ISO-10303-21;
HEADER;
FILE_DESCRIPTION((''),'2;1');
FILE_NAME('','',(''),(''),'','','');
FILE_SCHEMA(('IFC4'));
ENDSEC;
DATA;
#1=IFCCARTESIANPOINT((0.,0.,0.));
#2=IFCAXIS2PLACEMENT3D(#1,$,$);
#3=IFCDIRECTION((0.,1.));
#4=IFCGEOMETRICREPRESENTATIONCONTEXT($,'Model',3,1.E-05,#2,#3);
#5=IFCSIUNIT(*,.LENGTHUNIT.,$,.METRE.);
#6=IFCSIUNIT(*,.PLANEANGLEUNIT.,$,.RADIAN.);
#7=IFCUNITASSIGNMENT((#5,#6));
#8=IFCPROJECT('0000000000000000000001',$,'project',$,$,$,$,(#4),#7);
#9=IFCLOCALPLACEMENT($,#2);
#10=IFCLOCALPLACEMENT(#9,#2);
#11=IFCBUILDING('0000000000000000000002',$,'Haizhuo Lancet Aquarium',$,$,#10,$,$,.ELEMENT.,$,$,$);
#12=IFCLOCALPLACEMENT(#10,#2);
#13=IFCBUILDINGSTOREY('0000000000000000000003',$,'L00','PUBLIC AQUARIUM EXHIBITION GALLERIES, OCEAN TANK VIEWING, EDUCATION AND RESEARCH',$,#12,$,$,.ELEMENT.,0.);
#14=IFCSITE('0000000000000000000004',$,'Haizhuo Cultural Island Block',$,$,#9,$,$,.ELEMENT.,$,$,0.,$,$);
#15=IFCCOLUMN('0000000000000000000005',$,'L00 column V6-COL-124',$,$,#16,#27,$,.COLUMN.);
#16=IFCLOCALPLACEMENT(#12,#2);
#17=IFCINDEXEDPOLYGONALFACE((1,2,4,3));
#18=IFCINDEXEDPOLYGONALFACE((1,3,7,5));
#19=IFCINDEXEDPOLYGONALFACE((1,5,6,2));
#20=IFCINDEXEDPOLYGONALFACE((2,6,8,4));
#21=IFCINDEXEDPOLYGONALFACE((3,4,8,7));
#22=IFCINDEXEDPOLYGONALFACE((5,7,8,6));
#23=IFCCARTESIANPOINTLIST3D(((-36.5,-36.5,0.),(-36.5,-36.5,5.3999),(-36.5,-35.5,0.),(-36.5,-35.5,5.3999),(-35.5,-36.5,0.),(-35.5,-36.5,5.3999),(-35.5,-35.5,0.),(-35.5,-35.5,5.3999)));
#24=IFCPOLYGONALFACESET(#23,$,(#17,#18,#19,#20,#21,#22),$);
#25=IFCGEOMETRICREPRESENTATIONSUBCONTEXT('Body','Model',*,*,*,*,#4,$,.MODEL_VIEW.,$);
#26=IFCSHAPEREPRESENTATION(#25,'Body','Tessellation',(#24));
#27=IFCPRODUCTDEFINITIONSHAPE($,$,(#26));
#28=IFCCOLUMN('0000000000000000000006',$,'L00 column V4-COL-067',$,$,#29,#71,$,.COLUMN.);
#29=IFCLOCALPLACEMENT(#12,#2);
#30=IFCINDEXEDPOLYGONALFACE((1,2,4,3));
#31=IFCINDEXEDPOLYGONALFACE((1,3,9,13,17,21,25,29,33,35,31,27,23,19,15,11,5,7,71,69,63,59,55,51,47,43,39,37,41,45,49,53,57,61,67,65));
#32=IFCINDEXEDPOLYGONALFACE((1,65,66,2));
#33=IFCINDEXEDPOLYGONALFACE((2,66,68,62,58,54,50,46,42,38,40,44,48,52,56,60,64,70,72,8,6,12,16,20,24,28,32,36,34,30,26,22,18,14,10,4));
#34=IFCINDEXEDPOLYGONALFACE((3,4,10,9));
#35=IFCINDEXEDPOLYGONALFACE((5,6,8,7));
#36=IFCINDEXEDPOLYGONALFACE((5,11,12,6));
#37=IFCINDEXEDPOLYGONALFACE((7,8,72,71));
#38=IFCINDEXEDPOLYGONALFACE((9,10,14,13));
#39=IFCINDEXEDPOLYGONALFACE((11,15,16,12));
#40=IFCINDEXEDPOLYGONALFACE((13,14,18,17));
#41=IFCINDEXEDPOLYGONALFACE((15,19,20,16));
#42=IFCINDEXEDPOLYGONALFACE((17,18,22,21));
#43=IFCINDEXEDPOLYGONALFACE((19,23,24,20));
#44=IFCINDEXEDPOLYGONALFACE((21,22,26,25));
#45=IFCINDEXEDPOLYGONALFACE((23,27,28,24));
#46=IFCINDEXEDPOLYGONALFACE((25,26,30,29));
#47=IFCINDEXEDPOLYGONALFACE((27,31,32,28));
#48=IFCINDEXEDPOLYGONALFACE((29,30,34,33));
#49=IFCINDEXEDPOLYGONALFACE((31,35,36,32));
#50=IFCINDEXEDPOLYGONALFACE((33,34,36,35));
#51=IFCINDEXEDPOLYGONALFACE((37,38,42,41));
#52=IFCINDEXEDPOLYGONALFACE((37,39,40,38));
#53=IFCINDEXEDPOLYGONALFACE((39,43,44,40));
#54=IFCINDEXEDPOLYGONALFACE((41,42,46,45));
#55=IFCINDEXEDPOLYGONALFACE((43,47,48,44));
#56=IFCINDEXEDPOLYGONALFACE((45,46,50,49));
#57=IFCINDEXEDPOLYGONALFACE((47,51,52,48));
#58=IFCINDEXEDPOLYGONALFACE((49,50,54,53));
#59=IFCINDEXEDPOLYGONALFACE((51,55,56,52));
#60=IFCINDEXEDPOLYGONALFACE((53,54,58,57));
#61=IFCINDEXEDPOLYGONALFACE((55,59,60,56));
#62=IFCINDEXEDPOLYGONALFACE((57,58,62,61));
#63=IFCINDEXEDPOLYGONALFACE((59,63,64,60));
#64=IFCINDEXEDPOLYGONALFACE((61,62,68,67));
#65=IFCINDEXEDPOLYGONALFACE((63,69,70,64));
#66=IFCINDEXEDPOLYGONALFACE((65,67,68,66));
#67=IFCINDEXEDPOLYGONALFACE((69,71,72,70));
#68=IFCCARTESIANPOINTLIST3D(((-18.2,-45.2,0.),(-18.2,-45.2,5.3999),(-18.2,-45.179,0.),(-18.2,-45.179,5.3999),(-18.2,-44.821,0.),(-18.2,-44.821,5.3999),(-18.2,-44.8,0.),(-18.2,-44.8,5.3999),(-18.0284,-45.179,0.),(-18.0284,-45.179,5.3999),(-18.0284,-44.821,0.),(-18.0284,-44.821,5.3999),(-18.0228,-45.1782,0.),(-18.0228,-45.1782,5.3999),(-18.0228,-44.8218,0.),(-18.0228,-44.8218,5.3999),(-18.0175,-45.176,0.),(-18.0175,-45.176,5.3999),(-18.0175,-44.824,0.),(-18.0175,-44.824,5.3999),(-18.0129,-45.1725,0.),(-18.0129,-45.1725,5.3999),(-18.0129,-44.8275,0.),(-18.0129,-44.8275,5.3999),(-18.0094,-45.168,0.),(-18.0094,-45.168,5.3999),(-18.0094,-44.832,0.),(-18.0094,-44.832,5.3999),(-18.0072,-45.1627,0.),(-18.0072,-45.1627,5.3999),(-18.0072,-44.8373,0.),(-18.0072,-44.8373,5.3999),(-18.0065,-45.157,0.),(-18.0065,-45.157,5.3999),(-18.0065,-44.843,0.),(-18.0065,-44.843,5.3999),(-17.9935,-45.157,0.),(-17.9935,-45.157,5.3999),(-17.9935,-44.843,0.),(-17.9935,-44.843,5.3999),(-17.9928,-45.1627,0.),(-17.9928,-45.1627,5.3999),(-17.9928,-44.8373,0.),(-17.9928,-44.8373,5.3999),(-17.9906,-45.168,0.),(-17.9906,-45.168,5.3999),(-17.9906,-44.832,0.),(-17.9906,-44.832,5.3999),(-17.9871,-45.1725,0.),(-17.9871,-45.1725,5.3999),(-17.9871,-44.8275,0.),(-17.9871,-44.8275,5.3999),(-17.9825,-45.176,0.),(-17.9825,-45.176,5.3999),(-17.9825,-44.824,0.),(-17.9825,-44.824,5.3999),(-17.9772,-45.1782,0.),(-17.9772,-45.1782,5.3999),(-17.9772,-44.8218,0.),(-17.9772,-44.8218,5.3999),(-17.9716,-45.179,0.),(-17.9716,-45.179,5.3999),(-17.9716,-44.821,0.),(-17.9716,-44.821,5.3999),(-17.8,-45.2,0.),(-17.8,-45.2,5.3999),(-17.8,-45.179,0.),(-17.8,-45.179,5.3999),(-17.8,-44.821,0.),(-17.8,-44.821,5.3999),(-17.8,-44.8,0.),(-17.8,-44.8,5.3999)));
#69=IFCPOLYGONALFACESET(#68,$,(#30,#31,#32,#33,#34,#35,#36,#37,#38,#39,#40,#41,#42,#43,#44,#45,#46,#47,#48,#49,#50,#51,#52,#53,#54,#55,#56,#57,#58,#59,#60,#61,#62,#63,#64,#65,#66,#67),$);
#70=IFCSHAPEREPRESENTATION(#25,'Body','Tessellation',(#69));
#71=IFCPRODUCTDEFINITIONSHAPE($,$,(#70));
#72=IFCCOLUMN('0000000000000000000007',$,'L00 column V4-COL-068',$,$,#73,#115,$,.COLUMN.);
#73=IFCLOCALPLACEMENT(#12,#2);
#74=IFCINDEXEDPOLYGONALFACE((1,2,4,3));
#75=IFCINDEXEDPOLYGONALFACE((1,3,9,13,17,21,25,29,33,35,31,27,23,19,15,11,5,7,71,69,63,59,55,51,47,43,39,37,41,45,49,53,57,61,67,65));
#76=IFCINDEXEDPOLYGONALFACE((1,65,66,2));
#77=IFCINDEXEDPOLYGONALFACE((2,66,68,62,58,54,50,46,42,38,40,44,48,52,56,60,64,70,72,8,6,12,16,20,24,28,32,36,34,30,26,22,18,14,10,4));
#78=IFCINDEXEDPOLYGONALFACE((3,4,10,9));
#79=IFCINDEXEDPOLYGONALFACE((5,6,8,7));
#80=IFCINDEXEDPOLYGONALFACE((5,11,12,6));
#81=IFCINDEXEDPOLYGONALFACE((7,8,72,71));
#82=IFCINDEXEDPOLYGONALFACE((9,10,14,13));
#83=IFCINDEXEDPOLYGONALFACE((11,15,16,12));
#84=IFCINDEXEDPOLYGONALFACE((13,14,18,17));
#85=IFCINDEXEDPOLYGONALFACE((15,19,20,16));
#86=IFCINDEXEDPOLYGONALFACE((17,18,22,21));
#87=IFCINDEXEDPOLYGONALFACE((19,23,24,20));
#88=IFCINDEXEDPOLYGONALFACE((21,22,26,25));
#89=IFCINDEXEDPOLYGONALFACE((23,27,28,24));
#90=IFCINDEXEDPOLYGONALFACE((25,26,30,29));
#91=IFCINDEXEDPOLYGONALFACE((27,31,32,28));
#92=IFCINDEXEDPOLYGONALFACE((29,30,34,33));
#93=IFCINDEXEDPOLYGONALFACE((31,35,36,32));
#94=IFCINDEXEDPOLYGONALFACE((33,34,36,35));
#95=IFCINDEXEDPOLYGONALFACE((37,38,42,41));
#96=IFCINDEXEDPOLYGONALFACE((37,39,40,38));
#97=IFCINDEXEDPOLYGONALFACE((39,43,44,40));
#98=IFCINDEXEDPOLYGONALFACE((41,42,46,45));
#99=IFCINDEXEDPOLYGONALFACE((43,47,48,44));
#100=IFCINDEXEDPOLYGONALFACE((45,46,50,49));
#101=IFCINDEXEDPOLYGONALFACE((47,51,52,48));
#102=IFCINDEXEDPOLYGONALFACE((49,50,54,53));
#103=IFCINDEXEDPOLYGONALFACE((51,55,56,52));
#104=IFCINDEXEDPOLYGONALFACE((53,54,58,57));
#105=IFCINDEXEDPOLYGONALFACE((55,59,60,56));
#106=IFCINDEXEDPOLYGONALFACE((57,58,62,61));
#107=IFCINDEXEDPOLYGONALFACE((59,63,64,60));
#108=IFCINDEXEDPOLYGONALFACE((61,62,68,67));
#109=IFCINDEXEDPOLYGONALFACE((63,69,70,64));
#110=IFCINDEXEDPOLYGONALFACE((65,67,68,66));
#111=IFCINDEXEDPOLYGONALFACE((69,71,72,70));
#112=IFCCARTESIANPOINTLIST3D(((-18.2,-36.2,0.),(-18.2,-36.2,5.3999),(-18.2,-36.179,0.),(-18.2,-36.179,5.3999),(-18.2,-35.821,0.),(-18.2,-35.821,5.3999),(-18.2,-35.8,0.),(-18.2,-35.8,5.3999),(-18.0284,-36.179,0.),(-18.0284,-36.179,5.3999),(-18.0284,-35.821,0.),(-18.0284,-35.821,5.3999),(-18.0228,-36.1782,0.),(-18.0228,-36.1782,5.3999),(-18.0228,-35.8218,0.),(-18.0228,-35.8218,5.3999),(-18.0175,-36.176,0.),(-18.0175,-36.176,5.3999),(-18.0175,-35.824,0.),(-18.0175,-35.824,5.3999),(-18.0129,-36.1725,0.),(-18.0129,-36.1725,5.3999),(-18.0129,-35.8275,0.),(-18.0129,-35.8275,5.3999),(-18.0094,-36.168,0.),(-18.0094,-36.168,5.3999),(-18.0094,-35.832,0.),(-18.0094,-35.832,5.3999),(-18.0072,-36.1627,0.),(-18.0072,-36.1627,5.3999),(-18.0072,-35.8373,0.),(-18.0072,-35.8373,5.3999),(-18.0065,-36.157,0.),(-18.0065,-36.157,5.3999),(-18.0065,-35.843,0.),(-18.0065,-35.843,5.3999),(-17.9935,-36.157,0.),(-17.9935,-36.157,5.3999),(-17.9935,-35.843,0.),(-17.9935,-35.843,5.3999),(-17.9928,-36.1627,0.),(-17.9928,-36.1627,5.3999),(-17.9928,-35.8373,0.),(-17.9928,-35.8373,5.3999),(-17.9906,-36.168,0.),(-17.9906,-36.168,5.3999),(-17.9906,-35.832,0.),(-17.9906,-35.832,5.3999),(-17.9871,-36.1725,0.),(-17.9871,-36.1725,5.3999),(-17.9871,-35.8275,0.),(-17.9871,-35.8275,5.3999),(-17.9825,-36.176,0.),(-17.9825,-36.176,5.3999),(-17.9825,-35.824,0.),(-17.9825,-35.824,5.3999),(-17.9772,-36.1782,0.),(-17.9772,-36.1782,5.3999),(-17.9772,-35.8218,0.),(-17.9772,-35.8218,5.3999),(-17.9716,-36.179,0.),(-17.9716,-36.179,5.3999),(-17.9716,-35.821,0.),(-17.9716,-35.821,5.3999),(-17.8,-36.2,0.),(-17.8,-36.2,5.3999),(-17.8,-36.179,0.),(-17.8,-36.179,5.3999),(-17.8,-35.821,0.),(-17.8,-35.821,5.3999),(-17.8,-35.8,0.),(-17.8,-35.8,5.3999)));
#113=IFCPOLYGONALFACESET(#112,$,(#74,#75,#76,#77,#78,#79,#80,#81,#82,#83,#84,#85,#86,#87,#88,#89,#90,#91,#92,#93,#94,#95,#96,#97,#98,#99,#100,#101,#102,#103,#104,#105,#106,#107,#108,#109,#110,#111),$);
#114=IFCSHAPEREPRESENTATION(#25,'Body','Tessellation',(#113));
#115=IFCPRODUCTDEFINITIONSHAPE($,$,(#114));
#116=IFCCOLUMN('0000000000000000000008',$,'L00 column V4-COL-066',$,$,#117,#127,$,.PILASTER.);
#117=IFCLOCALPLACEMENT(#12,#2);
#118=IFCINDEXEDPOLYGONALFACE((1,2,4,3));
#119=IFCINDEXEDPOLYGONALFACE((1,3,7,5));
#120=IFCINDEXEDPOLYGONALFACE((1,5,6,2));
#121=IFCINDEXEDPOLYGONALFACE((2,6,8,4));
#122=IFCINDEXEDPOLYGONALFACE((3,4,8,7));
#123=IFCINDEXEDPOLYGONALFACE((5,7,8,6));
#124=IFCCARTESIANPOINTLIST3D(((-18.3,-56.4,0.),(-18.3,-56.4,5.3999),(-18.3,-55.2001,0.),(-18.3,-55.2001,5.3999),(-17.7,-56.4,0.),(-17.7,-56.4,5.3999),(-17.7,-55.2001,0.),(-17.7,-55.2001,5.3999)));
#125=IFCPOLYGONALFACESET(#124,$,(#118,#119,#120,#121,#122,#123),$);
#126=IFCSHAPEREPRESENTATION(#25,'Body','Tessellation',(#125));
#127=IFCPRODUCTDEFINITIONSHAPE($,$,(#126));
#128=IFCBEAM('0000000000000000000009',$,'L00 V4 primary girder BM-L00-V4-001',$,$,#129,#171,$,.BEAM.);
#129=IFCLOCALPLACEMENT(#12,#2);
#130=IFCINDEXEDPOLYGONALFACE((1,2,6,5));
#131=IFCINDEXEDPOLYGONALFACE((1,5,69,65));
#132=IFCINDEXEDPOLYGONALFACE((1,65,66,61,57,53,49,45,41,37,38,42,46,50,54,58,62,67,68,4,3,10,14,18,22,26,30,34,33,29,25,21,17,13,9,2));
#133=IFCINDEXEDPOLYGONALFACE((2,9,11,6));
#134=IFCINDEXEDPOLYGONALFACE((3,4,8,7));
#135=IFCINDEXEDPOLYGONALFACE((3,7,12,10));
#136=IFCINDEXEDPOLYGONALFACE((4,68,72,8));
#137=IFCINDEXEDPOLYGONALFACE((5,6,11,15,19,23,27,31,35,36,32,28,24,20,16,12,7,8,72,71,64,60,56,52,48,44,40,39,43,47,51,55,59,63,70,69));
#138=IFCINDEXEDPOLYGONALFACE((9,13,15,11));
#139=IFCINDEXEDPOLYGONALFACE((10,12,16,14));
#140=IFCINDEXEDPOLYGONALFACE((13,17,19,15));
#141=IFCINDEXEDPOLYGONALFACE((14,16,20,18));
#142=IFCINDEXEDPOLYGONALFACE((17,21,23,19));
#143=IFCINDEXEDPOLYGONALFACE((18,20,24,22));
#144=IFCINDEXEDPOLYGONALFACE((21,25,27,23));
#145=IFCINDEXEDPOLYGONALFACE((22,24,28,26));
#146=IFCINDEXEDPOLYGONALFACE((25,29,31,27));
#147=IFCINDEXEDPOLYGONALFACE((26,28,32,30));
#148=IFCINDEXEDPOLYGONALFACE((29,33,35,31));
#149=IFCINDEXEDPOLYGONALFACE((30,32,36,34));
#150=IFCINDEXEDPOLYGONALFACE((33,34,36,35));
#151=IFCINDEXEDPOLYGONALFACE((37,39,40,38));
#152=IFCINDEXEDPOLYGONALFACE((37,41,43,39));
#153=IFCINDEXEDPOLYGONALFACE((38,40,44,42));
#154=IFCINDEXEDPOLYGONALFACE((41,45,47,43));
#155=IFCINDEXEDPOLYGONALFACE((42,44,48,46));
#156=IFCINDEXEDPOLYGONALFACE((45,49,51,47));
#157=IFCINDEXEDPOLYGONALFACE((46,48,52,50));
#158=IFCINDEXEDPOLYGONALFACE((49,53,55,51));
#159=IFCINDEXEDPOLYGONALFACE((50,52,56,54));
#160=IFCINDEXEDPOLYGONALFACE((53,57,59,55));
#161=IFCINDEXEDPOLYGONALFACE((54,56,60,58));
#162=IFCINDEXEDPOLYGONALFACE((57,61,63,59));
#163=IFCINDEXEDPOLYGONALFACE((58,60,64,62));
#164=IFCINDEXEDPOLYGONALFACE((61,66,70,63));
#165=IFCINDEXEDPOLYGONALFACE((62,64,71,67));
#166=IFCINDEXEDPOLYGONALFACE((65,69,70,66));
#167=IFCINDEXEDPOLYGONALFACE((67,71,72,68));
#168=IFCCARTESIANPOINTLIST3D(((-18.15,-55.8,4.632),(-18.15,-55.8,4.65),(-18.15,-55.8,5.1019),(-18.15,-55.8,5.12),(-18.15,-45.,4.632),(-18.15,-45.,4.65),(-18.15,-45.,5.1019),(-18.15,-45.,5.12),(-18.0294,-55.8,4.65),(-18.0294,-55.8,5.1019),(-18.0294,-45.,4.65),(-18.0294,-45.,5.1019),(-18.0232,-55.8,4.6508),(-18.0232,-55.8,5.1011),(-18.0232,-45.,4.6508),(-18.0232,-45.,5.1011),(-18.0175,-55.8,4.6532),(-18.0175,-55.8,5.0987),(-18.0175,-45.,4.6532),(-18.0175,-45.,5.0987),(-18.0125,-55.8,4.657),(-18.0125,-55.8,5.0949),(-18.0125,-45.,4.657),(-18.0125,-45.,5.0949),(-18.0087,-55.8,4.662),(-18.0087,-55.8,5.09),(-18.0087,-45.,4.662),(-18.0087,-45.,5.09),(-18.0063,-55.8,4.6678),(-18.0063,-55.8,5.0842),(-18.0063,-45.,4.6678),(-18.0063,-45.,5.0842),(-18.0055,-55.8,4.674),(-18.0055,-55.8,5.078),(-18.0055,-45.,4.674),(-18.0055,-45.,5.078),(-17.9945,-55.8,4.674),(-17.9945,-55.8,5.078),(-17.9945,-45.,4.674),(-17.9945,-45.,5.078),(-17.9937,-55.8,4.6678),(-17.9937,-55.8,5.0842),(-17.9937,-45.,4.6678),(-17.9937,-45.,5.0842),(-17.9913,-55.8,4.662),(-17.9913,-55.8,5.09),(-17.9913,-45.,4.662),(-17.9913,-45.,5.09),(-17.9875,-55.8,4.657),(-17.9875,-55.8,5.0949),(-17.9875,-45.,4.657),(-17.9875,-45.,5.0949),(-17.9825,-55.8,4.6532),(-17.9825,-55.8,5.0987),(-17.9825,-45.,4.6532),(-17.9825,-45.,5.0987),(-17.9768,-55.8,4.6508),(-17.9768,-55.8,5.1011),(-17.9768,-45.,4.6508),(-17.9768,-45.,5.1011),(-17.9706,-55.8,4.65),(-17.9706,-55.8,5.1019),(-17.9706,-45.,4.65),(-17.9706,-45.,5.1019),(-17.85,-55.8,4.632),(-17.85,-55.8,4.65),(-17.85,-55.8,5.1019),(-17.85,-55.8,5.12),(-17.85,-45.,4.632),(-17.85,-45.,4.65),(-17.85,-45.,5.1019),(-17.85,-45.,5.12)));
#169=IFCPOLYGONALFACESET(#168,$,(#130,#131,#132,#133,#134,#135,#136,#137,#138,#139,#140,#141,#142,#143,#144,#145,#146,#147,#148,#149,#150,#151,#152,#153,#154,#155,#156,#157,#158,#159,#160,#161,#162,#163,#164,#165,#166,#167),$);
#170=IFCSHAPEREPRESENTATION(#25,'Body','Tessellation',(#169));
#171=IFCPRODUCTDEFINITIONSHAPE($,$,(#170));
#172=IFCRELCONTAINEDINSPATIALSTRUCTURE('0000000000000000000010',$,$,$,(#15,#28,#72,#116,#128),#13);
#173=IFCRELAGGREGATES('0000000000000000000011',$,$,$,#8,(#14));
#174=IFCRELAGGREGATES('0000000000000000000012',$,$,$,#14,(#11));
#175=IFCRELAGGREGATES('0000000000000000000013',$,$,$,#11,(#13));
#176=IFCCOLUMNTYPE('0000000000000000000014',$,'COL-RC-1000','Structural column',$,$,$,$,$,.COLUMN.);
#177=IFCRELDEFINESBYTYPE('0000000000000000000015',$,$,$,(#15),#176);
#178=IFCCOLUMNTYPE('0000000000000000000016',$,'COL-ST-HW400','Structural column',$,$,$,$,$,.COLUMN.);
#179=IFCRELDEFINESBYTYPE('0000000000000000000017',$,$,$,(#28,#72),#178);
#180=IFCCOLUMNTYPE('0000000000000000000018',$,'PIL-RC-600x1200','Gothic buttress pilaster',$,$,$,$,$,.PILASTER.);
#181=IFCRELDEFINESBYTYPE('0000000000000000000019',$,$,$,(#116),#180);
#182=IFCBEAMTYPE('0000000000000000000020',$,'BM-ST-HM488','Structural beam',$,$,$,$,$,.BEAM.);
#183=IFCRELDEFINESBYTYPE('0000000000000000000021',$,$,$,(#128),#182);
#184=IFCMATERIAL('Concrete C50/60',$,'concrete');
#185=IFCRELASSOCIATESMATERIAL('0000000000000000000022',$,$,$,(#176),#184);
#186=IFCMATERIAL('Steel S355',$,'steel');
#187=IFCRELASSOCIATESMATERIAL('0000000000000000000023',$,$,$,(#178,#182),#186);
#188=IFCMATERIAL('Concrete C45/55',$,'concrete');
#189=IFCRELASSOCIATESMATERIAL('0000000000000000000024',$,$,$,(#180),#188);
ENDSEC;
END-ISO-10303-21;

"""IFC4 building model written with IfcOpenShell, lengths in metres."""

from ifc_helpers import new_model, si_unit, direction, frame, origin, origin_2d, place, context, subcontext, project, spatial, rectangle, i_section, extrude, material, material_profile, profile_set, type_object, element, save


model = new_model("IFC4")

# Units and contexts
model_context = context("Model", 3, precision=1e-05, world=origin(), true_north=direction((0.0, 1.0)))
body_context = subcontext(model_context, "Body", "Model", "MODEL_VIEW")
ifc_project = project(units=[si_unit("LENGTHUNIT", "METRE"), si_unit("PLANEANGLEUNIT", "RADIAN")], contexts=[model_context])

# Site, building, storey
site_placement = place(None, origin())
site = spatial("IfcSite", under=ifc_project, at=site_placement, Name="Haizhuo Cultural Island Block", CompositionType="ELEMENT", RefElevation=0.0)
building_placement = place(site_placement, origin())
building = spatial("IfcBuilding", under=site, at=building_placement, Name="Haizhuo Lancet Aquarium", CompositionType="ELEMENT")
storey_placement = place(building_placement, origin())
storey = spatial("IfcBuildingStorey", under=building, at=storey_placement, Name="L00", Description="PUBLIC AQUARIUM EXHIBITION GALLERIES, OCEAN TANK VIEWING, EDUCATION AND RESEARCH", CompositionType="ELEMENT", Elevation=0.0)

# Columns
ifc_material_1 = material(Name="Concrete C50/60", Category="concrete")
ifc_material_profile_1 = material_profile(ifc_material_1, rectangle(XDim=1.0, YDim=1.0, at=origin_2d()), Name="RC-COL 1000x1000")
ifc_profile_set_1 = profile_set([ifc_material_profile_1], Name="Concrete C50/60")
column_type_1 = type_object("IfcColumnType", Name="COL-RC-1000", Description="Structural column", PredefinedType="COLUMN", material=ifc_profile_set_1)
column_1_placement = place(storey_placement, frame((-36.0, -36.0, 0.0), z_axis=(0.0, 0.0, 1.0), x_axis=(1.0, 0.0, 0.0)))
element("IfcColumn", 1, at=column_1_placement, inside=storey, type_object=column_type_1, Name="L00 column V6-COL-124", PredefinedType="COLUMN", context=body_context, shape_type="SweptSolid", body=[
    extrude(rectangle(XDim=1.0, YDim=1.0, at=origin_2d()), origin(), (0.0, 0.0, 1.0), 5.3999),
])
ifc_material_2 = material(Name="Steel S355", Category="steel")
ifc_material_profile_2 = material_profile(ifc_material_2, i_section(OverallWidth=0.3999, OverallDepth=0.3999, WebThickness=0.0129, FlangeThickness=0.021, FilletRadius=0.022, at=origin_2d()), Name="HW 400x400x13x21")
ifc_profile_set_2 = profile_set([ifc_material_profile_2], Name="Steel S355")
column_type_2 = type_object("IfcColumnType", Name="COL-ST-HW400", Description="Structural column", PredefinedType="COLUMN", material=ifc_profile_set_2)
for number, where, z_axis, x_axis, name in (
    (2, (-18.0, -45.0, 0.0), (0.0, 0.0, 1.0), (1.0, 0.0, 0.0), "L00 column V4-COL-067"),
    (3, (-18.0, -36.0, 0.0), (0.0, 0.0, 1.0), (1.0, 0.0, 0.0), "L00 column V4-COL-068"),
):
    element("IfcColumn", number, at=place(storey_placement, frame(where, z_axis=z_axis, x_axis=x_axis)), inside=storey, type_object=column_type_2, Name=name, PredefinedType="COLUMN", context=body_context, shape_type="SweptSolid", body=[
        extrude(i_section(OverallWidth=0.3999, OverallDepth=0.3999, WebThickness=0.0129, FlangeThickness=0.021, FilletRadius=0.022, at=origin_2d()), origin(), (0.0, 0.0, 1.0), 5.3999),
    ])
ifc_material_3 = material(Name="Concrete C45/55", Category="concrete")
ifc_material_profile_3 = material_profile(ifc_material_3, rectangle(XDim=0.6001, YDim=1.2, at=origin_2d()), Name="RC-PIL 600x1200")
ifc_profile_set_3 = profile_set([ifc_material_profile_3], Name="Concrete C45/55")
column_type_3 = type_object("IfcColumnType", Name="PIL-RC-600x1200", Description="Gothic buttress pilaster", PredefinedType="PILASTER", material=ifc_profile_set_3)
column_2_placement = place(storey_placement, frame((-18.0, -55.8, 0.0), z_axis=(0.0, 0.0, 1.0), x_axis=(1.0, 0.0, 0.0)))
element("IfcColumn", 4, at=column_2_placement, inside=storey, type_object=column_type_3, Name="L00 column V4-COL-066", PredefinedType="PILASTER", context=body_context, shape_type="SweptSolid", body=[
    extrude(rectangle(XDim=0.6001, YDim=1.2, at=origin_2d()), origin(), (0.0, 0.0, 1.0), 5.3999),
])

# Beam
ifc_material_profile_4 = material_profile(ifc_material_2, i_section(OverallWidth=0.3, OverallDepth=0.488, WebThickness=0.011, FlangeThickness=0.0181, FilletRadius=0.0239, at=origin_2d()), Name="HM 488x300x11x18")
ifc_profile_set_4 = profile_set([ifc_material_profile_4], Name="Steel S355")
beam_type_1 = type_object("IfcBeamType", Name="BM-ST-HM488", Description="Structural beam", PredefinedType="BEAM", material=ifc_profile_set_4)
beam_1_placement = place(storey_placement, frame((-18.0, -55.8, 4.876), z_axis=(0.0, 1.0, 0.0), x_axis=(-1.0, 0.0, 0.0)))
element("IfcBeam", 5, at=beam_1_placement, inside=storey, type_object=beam_type_1, Name="L00 V4 primary girder BM-L00-V4-001", PredefinedType="BEAM", context=body_context, shape_type="SweptSolid", body=[
    extrude(i_section(OverallWidth=0.3, OverallDepth=0.488, WebThickness=0.011, FlangeThickness=0.0181, FilletRadius=0.0239, at=origin_2d()), origin(), (0.0, 0.0, 1.0), 10.8),
])

save(model, "model.ifc")
